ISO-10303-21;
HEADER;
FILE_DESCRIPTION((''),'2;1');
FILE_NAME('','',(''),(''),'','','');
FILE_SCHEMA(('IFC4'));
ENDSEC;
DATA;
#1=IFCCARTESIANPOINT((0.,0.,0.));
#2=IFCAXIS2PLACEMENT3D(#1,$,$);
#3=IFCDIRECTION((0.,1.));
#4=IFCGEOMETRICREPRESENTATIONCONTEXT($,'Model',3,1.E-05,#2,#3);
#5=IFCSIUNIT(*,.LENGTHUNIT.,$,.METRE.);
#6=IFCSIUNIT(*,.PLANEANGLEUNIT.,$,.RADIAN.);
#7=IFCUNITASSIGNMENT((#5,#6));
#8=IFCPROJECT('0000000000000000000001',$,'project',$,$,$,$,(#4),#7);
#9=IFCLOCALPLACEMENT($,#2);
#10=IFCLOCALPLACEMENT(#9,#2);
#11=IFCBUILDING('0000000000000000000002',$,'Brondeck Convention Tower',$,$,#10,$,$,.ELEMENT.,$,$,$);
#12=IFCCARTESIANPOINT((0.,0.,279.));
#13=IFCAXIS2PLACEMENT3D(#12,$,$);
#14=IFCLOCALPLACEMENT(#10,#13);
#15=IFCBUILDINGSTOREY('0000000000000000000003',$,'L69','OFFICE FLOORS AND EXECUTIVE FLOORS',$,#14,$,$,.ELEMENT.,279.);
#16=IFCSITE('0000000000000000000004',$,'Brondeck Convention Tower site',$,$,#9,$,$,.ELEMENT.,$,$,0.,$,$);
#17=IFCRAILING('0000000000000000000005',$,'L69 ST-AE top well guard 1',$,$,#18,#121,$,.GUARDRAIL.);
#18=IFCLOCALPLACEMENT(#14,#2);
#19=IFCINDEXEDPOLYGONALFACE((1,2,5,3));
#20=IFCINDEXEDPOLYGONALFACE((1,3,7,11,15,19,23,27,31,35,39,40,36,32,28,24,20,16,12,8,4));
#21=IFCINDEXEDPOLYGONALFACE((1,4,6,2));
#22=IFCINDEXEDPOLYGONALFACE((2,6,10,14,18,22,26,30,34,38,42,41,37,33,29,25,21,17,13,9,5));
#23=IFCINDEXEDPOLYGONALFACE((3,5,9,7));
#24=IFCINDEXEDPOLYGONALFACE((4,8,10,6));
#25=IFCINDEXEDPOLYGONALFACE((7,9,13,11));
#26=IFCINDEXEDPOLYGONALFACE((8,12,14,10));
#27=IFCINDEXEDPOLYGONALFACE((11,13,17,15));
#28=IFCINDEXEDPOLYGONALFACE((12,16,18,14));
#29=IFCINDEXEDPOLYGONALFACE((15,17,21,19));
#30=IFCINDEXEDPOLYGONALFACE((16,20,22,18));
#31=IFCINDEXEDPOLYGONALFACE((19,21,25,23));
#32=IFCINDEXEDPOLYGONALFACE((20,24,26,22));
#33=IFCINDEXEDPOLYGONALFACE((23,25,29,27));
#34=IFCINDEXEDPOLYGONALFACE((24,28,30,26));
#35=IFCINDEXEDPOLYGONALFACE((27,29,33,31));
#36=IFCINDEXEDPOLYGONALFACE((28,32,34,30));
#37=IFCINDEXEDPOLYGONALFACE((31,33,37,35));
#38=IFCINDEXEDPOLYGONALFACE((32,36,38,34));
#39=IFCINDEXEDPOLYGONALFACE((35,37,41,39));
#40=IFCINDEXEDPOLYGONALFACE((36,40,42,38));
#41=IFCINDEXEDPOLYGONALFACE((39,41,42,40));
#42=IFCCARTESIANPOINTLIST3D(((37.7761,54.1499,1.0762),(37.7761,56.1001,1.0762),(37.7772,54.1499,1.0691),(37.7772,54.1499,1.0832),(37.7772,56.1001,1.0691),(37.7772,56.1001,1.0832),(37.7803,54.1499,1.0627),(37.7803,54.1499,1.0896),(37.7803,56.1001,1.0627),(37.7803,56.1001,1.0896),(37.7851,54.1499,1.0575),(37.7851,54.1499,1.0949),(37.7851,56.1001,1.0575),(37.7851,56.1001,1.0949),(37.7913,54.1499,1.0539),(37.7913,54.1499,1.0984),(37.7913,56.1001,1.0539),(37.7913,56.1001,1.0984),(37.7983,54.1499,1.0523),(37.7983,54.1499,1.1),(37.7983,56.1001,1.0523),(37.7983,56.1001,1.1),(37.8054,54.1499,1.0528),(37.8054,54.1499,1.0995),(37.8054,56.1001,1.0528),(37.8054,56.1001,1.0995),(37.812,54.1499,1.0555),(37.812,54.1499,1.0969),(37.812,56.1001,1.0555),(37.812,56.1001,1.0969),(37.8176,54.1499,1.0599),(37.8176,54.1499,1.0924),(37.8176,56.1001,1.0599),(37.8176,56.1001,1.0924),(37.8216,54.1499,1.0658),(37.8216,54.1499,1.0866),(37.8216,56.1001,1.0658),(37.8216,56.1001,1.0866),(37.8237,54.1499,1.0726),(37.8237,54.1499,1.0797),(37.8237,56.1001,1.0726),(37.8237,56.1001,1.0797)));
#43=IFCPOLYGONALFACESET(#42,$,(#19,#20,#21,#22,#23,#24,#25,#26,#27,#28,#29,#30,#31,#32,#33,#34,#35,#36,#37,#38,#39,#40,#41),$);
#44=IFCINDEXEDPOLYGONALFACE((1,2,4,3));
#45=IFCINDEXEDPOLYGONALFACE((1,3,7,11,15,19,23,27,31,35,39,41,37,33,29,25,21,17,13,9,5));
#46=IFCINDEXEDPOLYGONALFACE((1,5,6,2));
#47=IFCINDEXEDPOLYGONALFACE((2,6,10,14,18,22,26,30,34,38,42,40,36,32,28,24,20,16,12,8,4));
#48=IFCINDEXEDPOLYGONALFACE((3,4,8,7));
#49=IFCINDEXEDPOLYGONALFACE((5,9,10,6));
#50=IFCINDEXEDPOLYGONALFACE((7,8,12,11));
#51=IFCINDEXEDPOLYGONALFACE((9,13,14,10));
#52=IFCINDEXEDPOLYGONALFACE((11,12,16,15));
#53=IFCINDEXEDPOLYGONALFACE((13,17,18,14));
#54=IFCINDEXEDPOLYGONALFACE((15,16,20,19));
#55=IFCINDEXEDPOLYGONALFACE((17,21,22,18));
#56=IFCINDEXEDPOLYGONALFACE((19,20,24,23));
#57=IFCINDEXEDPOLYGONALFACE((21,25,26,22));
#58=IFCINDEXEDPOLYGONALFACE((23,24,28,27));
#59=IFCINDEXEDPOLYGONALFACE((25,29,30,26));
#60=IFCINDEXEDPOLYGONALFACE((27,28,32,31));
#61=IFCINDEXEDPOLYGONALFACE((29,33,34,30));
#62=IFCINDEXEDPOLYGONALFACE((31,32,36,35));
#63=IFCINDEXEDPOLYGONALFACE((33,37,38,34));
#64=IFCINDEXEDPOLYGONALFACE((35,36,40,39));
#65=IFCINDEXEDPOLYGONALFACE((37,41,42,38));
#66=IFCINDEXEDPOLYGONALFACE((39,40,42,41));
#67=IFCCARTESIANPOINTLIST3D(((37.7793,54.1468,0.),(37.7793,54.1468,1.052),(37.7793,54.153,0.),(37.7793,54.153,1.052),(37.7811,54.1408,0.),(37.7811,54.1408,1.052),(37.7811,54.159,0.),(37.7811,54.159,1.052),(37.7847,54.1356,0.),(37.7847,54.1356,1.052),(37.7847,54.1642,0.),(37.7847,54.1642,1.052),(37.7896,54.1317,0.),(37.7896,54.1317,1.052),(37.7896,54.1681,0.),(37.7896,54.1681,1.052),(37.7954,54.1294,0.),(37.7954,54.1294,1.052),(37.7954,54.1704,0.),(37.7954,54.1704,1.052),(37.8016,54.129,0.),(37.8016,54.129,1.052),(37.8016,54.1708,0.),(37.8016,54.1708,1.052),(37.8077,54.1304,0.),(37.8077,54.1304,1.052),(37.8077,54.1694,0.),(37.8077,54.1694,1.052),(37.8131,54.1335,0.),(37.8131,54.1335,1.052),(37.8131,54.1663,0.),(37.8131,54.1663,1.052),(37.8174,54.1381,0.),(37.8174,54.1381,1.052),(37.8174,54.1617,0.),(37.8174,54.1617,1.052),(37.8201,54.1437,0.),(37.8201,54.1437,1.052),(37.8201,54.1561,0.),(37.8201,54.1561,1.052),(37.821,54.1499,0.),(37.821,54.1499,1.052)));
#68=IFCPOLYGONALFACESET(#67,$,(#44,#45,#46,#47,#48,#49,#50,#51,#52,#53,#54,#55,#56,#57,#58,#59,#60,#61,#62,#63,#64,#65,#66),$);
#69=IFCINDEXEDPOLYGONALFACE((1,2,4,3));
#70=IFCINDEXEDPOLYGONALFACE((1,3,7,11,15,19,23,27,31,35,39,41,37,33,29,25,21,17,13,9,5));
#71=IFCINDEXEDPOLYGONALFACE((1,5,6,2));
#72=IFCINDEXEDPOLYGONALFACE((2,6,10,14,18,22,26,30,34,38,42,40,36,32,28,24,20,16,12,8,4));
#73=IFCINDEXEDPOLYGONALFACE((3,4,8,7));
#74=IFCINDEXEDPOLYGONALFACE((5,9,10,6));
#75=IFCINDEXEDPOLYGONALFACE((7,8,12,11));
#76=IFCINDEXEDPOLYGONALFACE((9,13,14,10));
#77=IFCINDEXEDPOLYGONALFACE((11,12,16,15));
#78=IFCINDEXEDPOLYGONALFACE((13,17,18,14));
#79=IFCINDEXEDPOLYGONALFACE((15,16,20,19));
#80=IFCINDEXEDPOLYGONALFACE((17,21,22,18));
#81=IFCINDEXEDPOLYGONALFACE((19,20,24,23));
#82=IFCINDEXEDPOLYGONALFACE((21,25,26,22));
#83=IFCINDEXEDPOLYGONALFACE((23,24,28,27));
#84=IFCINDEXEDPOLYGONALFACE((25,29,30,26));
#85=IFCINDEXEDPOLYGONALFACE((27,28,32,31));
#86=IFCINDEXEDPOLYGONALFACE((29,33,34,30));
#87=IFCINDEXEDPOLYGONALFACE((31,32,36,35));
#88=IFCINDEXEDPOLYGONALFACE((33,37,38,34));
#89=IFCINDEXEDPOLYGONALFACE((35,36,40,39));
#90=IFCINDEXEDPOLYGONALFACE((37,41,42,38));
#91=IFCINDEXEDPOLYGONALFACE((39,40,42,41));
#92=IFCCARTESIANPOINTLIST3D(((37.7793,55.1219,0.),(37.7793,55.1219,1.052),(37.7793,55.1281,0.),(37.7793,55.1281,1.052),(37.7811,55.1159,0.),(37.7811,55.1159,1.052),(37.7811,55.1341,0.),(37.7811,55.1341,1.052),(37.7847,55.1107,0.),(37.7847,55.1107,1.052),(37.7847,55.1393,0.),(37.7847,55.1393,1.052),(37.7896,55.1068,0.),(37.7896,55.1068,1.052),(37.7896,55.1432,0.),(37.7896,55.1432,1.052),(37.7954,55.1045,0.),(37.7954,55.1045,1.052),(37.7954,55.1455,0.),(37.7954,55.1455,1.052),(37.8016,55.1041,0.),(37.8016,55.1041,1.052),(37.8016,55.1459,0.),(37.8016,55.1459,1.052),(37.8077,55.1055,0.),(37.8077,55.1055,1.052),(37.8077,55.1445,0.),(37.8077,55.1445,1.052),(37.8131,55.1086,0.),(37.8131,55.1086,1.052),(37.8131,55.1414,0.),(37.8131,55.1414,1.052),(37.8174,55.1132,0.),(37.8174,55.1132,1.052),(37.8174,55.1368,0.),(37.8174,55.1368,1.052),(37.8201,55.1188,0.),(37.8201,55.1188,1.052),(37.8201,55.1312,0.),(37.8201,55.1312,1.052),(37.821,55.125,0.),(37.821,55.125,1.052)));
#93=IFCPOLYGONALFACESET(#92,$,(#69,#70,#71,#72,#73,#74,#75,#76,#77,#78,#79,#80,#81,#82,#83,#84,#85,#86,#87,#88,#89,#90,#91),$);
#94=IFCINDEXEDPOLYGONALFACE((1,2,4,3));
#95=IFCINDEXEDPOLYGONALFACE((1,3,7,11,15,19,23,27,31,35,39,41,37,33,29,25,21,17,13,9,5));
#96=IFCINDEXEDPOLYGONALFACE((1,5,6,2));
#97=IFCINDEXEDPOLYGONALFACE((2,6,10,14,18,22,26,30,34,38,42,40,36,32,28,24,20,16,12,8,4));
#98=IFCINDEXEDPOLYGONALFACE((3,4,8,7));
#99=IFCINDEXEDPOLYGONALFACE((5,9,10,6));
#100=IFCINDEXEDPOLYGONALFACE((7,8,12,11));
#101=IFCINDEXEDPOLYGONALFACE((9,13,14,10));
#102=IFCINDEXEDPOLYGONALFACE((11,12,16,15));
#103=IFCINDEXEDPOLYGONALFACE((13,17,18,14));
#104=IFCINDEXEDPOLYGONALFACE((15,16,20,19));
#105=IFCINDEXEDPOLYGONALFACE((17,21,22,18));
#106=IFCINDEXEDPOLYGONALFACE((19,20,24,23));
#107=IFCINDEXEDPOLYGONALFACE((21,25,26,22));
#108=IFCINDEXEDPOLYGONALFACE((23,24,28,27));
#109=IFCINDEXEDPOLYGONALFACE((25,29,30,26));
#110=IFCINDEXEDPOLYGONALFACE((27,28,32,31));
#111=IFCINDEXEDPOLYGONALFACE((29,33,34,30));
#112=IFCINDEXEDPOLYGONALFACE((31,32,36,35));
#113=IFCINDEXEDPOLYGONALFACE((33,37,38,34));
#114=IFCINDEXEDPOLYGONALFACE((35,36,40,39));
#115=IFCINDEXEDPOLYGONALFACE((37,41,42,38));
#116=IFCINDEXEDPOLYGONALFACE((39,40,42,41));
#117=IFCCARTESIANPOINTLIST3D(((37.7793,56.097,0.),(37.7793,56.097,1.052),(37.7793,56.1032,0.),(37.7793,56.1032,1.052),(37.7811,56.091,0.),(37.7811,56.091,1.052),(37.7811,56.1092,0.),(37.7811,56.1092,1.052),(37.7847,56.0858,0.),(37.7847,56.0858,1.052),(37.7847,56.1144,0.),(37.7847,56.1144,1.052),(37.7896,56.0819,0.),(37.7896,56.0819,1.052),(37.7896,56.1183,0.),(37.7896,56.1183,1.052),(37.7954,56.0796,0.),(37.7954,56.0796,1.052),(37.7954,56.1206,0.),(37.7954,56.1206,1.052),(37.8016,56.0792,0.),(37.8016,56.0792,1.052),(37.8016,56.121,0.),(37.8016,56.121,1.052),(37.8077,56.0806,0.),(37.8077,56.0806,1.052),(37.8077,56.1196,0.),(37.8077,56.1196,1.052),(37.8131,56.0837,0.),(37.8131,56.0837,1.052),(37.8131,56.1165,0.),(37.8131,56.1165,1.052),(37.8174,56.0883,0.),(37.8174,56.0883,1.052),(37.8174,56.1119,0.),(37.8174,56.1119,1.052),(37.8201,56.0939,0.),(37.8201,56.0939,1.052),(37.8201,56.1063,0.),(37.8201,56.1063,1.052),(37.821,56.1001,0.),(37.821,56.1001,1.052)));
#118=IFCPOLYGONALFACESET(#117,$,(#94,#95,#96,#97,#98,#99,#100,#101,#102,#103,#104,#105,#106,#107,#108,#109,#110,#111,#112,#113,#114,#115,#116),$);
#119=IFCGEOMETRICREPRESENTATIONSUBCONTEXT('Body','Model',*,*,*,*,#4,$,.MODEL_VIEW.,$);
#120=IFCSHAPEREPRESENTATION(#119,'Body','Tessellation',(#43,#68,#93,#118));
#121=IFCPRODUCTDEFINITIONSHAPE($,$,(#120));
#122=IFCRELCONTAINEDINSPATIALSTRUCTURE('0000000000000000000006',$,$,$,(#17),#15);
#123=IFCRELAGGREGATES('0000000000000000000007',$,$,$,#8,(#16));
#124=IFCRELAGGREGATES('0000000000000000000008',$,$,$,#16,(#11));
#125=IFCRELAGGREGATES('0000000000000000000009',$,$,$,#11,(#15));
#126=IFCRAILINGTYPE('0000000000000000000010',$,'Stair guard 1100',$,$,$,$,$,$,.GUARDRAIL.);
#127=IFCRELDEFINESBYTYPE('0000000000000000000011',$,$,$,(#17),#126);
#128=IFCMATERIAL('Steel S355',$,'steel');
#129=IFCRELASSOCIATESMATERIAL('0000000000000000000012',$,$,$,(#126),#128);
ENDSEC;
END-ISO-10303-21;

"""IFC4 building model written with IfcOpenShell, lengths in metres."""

from ifc_helpers import new_model, si_unit, direction, frame, origin, origin_2d, place, context, subcontext, project, spatial, circle, extrude, material, type_object, element, save


model = new_model("IFC4")

# Units and contexts
model_context = context("Model", 3, precision=1e-05, world=origin(), true_north=direction((0.0, 1.0)))
body_context = subcontext(model_context, "Body", "Model", "MODEL_VIEW")
ifc_project = project(units=[si_unit("LENGTHUNIT", "METRE"), si_unit("PLANEANGLEUNIT", "RADIAN")], contexts=[model_context])

# Site, building, storey
site_placement = place(None, origin())
site = spatial("IfcSite", under=ifc_project, at=site_placement, Name="Brondeck Convention Tower site", CompositionType="ELEMENT", RefElevation=0.0)
building_placement = place(site_placement, origin())
building = spatial("IfcBuilding", under=site, at=building_placement, Name="Brondeck Convention Tower", CompositionType="ELEMENT")
storey_placement = place(building_placement, frame((0.0, 0.0, 279.0)))
storey = spatial("IfcBuildingStorey", under=building, at=storey_placement, Name="L69", Description="OFFICE FLOORS AND EXECUTIVE FLOORS", CompositionType="ELEMENT", Elevation=279.0)

# Shared definitions
ifc_material_1 = material(Name="Steel S355", Category="steel")

# Railing
railing_type = type_object("IfcRailingType", Name="Stair guard 1100", PredefinedType="GUARDRAIL", material=ifc_material_1)
railing_placement = place(storey_placement, frame((37.8, 54.1499, 0.0)))
element("IfcRailing", 1, at=railing_placement, inside=storey, type_object=railing_type, Name="L69 ST-AE top well guard 1", PredefinedType="GUARDRAIL", context=body_context, shape_type="SweptSolid", body=[
    extrude(circle(Radius=0.0239, at=origin_2d()), frame((0.0, 0.0, 1.0762), z_axis=(0.0, 1.0, 0.0), x_axis=(-1.0, 0.0, 0.0)), (0.0, 0.0, 1.0), 1.9502),
    extrude(circle(Radius=0.021, at=origin_2d()), origin(), (0.0, 0.0, 1.0), 1.052),
    extrude(circle(Radius=0.021, at=origin_2d()), frame((0.0, 0.9751, 0.0)), (0.0, 0.0, 1.0), 1.052),
    extrude(circle(Radius=0.021, at=origin_2d()), frame((0.0, 1.9502, 0.0)), (0.0, 0.0, 1.0), 1.052),
])

save(model, "model.ifc")
